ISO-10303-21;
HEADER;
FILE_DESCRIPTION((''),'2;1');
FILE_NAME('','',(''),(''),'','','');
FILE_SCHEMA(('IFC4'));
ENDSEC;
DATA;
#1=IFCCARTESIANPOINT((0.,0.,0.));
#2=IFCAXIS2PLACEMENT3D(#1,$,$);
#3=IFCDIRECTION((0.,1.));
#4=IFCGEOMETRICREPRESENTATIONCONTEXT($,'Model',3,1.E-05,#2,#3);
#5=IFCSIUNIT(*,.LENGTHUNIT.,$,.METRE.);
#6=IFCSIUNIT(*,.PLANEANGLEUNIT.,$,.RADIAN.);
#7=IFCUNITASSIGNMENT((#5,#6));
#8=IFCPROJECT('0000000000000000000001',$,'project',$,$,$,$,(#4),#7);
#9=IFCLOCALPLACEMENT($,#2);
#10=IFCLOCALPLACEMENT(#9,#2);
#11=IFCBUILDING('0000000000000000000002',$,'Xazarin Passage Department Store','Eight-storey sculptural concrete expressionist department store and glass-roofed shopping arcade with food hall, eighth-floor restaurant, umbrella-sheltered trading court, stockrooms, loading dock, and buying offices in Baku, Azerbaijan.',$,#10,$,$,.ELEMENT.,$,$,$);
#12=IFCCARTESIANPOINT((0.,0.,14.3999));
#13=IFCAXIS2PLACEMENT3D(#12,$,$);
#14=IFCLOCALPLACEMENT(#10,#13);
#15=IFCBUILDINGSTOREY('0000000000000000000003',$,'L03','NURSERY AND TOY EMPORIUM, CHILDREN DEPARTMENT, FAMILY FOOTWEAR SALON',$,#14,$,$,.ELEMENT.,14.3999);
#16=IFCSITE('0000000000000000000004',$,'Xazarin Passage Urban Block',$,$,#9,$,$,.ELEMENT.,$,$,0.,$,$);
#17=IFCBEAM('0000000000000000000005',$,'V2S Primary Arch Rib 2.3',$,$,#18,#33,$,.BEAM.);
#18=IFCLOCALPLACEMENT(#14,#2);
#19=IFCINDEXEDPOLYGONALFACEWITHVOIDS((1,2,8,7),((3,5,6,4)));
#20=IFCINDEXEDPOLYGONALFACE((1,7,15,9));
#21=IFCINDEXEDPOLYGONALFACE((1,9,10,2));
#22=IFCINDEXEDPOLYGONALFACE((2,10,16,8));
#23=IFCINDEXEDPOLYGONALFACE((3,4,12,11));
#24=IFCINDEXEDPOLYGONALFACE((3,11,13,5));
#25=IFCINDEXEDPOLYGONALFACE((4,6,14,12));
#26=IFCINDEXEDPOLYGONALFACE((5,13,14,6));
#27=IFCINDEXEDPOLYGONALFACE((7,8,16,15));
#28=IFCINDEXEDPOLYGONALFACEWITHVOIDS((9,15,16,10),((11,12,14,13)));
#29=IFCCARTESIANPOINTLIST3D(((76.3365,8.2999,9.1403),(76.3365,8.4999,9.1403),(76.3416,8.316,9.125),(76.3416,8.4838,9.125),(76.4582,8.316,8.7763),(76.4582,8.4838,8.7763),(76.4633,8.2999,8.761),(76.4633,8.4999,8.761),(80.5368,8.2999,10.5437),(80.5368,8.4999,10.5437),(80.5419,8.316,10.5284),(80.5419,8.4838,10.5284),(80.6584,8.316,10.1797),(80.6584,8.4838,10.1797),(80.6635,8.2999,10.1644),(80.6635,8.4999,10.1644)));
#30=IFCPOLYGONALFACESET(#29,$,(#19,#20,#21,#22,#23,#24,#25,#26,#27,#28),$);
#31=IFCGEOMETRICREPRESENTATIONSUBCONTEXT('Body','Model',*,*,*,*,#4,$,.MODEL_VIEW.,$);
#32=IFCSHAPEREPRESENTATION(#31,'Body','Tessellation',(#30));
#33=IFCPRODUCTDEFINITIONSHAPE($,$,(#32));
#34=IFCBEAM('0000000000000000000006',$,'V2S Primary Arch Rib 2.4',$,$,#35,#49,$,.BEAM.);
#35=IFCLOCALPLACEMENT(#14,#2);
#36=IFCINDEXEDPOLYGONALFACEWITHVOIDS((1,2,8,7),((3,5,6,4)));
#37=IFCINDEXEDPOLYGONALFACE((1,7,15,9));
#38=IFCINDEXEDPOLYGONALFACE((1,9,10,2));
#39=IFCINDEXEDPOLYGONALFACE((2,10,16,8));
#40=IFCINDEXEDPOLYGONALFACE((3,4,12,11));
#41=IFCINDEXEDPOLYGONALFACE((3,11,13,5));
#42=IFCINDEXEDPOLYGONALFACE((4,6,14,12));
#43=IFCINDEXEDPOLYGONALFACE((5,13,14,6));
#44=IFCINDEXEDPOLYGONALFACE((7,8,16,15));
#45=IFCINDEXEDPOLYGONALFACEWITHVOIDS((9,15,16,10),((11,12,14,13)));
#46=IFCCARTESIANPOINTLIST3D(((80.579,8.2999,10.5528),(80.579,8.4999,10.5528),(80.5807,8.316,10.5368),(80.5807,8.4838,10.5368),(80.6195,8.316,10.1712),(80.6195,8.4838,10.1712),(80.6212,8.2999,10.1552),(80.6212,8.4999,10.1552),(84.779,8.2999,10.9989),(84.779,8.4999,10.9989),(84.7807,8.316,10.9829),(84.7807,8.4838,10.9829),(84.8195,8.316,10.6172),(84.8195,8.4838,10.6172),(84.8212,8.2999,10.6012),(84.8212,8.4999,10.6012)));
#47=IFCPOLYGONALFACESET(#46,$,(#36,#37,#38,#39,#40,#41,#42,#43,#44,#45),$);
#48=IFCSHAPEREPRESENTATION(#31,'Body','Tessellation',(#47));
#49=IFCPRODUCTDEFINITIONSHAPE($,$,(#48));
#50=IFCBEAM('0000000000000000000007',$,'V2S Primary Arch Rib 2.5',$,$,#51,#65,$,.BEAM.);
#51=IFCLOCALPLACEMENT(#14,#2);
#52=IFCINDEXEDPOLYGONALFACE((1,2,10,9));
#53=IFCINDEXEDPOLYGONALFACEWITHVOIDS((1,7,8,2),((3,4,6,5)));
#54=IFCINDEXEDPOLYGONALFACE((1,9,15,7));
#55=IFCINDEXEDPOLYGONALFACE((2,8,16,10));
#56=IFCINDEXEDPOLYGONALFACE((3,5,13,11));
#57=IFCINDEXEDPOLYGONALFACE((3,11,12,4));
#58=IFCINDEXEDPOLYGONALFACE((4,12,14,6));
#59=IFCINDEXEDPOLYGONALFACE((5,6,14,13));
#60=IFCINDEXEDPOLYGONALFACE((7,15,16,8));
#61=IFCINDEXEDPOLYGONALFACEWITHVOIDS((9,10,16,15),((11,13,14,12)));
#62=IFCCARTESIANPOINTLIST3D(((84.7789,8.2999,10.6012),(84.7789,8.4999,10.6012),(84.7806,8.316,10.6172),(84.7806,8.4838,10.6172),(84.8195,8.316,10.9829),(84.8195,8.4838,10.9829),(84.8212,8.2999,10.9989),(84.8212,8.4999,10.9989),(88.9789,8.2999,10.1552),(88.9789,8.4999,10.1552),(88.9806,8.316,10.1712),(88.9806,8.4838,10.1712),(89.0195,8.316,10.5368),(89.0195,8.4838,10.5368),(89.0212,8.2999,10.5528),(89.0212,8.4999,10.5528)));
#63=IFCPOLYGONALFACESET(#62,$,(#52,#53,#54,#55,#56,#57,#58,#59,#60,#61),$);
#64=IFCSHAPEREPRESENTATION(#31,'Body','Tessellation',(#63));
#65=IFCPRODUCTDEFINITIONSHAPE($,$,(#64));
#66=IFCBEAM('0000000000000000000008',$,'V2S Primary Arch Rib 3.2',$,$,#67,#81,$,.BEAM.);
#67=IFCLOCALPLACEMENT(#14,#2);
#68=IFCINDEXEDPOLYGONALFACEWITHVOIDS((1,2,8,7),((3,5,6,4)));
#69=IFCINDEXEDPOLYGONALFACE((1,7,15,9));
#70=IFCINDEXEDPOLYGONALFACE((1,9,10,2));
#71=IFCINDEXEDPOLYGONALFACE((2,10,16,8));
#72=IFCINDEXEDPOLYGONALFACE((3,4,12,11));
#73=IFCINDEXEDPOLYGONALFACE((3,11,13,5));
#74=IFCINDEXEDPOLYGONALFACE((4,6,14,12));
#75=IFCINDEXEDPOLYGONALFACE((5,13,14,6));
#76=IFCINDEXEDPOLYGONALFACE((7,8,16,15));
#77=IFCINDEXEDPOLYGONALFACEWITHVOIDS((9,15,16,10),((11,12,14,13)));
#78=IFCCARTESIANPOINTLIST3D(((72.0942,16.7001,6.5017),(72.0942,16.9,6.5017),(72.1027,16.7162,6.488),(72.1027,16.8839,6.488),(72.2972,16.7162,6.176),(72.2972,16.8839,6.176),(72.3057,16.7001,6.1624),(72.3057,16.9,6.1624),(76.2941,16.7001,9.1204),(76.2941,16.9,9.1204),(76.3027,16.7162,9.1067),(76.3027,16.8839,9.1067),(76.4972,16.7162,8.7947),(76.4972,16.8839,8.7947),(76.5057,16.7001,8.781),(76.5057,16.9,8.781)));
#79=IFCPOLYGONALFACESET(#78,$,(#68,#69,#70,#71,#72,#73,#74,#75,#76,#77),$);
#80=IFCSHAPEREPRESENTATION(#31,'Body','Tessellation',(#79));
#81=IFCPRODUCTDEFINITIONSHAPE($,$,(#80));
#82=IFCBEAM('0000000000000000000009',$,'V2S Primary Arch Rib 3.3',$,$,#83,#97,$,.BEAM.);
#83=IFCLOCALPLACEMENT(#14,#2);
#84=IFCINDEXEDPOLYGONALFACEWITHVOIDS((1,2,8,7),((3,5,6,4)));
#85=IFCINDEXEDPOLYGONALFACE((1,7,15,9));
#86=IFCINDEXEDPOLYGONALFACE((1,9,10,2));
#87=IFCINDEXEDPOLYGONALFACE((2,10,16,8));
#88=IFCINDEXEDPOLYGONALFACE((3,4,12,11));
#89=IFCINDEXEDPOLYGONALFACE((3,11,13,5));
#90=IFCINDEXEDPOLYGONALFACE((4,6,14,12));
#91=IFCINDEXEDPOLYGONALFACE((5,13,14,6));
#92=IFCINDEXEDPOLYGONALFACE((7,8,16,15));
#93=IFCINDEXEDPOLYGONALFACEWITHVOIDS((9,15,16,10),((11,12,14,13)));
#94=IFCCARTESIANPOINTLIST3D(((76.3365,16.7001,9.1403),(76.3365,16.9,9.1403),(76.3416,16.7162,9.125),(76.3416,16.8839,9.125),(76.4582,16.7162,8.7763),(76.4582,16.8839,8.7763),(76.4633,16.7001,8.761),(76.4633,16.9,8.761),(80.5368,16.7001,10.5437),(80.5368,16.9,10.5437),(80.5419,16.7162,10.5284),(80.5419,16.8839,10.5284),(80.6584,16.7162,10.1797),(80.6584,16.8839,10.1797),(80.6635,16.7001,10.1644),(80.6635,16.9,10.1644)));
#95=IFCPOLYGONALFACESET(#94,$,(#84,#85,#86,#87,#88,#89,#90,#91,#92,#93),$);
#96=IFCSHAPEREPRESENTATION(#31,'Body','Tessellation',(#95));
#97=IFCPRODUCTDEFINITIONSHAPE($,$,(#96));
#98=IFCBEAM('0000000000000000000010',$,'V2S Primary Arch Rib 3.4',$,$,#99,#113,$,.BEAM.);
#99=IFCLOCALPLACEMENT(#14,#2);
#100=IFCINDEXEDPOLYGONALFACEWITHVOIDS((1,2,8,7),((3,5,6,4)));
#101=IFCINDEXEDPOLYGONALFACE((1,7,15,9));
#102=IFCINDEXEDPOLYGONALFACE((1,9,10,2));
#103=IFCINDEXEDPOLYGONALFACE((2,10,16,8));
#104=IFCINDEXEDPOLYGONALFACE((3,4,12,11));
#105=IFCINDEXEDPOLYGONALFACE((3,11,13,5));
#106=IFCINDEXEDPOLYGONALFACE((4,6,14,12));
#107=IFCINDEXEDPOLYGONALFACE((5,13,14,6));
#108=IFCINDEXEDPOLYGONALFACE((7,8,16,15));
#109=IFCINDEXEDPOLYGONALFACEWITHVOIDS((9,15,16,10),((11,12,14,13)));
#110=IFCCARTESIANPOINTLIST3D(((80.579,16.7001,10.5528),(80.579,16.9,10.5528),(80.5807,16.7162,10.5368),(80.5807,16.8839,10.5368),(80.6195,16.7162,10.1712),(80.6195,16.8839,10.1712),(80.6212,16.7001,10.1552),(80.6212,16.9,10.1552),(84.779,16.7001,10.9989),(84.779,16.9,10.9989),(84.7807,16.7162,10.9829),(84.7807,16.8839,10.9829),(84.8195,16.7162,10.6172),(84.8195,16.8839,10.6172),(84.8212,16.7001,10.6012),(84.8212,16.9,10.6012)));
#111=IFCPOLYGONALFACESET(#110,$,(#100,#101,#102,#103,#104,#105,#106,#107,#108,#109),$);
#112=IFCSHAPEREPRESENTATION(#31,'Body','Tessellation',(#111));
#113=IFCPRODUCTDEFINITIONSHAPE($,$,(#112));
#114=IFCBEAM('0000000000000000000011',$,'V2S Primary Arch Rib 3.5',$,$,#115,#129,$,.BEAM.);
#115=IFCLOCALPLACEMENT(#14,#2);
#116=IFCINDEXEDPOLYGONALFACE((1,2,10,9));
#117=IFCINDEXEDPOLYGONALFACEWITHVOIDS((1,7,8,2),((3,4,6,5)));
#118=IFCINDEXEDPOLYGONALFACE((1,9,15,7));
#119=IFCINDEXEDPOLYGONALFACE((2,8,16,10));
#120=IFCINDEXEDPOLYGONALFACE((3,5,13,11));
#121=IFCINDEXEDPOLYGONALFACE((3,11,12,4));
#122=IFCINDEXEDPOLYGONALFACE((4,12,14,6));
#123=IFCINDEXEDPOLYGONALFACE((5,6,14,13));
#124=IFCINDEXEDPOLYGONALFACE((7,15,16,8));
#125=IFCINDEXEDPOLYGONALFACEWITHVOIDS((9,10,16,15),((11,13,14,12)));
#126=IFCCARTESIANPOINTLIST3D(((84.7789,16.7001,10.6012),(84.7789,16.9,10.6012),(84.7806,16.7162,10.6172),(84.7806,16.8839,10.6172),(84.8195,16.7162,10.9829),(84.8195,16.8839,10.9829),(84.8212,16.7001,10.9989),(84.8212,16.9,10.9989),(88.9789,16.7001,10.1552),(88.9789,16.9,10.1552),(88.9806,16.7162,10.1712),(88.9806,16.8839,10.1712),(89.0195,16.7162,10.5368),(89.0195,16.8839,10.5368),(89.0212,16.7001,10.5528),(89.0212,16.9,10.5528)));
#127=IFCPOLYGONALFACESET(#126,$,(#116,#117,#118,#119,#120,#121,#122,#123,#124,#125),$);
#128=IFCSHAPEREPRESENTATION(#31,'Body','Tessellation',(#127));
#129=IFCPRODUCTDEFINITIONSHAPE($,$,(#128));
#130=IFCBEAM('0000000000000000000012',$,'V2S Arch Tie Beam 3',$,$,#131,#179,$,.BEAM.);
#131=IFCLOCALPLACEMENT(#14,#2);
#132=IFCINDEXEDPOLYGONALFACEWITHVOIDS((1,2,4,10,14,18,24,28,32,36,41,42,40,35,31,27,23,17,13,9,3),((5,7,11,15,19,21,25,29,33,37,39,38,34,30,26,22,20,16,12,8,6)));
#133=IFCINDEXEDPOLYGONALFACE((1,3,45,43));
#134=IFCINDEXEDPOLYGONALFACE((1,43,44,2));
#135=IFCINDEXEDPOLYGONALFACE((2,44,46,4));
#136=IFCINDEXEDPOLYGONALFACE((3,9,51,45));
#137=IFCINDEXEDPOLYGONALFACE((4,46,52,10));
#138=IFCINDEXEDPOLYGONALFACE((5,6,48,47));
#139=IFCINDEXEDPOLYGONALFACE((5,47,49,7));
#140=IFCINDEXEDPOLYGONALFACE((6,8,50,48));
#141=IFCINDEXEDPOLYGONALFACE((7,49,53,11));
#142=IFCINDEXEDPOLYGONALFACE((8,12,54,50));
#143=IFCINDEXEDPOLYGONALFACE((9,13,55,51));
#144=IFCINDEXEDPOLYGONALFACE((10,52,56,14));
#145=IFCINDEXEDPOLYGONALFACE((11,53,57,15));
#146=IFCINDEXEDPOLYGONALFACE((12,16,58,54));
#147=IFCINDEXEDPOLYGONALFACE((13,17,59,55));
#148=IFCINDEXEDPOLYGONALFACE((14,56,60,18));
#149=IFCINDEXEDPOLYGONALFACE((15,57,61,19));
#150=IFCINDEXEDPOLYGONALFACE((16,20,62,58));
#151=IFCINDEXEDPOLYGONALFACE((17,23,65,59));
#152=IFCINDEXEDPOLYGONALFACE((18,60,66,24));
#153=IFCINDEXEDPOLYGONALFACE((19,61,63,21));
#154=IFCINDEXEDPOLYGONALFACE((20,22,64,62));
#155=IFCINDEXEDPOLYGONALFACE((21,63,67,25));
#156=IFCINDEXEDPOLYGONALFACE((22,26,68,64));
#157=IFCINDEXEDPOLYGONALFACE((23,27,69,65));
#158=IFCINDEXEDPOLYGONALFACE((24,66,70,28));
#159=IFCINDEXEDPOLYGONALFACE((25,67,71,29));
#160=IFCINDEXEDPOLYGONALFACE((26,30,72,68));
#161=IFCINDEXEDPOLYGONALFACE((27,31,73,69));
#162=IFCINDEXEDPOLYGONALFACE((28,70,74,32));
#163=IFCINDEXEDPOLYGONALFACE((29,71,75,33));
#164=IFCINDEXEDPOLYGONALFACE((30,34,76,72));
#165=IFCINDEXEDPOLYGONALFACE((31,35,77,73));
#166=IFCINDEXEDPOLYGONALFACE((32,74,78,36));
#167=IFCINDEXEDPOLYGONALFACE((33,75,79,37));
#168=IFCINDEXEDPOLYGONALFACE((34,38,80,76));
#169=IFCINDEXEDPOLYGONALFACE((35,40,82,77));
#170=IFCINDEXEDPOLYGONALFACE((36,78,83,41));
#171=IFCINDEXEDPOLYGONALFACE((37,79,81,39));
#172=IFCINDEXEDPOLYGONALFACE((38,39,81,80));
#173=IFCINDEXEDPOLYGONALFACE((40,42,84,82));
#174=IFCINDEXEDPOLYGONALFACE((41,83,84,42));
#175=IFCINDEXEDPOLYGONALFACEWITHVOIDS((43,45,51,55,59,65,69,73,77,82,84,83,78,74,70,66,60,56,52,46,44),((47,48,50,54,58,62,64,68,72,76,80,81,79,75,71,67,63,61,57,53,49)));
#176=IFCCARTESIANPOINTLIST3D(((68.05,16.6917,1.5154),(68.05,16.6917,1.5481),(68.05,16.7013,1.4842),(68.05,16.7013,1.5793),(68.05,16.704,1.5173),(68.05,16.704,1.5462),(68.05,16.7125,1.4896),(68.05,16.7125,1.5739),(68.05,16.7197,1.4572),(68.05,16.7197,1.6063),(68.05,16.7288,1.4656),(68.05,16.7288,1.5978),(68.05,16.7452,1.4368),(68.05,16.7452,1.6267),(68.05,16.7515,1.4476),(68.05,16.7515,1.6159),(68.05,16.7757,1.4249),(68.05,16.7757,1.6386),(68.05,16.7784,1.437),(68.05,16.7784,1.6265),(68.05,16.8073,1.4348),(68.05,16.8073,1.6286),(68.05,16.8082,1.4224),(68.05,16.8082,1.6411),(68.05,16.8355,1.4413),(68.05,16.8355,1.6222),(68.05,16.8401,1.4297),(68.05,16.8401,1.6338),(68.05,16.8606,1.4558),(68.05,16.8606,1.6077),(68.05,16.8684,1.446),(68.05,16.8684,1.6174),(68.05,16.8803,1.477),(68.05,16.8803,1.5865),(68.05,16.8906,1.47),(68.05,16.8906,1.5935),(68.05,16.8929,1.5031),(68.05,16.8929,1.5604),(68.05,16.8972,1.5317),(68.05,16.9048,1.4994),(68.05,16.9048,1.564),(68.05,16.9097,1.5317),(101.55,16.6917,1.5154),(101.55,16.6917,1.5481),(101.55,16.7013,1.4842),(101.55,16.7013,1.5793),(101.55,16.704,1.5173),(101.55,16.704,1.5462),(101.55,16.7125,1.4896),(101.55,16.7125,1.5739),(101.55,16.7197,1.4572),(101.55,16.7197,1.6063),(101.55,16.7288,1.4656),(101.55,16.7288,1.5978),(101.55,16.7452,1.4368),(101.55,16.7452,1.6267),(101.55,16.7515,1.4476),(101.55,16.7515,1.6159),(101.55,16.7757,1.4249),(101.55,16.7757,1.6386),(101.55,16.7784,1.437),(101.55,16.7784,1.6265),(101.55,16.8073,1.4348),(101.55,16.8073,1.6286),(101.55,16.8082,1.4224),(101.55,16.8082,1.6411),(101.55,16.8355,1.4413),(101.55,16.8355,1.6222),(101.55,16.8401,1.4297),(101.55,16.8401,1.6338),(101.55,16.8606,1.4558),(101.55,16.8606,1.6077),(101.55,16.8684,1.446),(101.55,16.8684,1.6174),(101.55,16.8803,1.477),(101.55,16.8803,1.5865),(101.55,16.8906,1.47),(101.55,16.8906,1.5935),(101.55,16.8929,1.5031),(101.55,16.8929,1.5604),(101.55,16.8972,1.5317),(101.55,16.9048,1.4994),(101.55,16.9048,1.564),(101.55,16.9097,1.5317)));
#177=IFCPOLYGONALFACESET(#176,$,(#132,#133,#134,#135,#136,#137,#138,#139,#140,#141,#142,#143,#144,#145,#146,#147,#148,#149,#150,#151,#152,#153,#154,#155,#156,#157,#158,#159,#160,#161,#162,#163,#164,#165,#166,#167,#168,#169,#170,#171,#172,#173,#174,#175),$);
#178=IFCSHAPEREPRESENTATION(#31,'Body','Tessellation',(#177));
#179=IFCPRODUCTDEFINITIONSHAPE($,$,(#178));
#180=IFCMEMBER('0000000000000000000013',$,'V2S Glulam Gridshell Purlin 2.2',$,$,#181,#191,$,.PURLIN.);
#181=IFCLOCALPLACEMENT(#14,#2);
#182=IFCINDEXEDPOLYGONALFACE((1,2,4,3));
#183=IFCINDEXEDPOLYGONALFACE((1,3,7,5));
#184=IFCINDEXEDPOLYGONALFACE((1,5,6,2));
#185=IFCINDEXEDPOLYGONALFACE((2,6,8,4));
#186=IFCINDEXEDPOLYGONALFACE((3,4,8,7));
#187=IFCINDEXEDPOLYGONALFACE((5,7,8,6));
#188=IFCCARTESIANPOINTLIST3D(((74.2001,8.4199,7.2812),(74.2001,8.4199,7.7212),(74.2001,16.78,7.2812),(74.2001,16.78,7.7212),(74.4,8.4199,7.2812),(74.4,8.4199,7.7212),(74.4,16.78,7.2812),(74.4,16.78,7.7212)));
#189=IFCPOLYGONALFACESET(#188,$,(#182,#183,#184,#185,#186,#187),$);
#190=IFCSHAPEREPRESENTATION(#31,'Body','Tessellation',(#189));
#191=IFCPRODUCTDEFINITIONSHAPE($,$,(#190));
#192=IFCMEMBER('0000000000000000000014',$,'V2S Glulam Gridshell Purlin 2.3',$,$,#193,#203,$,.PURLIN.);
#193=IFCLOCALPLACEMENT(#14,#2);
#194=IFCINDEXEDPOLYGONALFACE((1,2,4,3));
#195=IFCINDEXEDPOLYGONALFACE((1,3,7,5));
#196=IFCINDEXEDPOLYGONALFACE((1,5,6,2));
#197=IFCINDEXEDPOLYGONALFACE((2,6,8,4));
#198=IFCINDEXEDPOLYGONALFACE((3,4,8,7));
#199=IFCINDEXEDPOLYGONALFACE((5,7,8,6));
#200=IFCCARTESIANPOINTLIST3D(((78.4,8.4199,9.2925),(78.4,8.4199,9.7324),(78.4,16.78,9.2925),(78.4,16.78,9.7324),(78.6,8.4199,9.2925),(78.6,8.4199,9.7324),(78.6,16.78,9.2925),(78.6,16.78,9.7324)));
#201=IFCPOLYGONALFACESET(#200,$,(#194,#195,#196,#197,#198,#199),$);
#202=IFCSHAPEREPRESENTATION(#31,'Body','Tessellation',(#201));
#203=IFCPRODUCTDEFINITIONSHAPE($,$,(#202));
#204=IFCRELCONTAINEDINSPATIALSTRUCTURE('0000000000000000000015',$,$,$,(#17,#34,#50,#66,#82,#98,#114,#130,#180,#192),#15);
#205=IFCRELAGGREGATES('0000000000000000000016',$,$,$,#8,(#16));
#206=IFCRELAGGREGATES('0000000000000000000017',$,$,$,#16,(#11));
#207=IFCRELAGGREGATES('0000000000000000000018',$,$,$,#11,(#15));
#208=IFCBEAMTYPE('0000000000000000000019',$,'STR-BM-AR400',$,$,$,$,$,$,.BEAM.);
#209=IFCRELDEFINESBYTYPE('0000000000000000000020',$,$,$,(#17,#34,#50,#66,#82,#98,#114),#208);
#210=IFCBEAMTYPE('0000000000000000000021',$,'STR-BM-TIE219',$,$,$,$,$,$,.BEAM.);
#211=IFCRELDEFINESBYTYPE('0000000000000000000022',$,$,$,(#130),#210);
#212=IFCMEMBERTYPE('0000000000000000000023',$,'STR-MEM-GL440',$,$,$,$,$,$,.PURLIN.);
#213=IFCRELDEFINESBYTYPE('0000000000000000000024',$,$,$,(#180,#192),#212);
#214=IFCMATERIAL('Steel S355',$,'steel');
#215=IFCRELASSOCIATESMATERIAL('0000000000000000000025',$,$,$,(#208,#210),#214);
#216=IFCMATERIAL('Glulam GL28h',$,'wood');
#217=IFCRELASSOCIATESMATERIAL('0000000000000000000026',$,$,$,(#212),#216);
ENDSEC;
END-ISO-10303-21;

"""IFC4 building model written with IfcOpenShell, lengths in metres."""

from ifc_helpers import new_model, si_unit, direction, frame, origin, origin_2d, place, context, subcontext, project, spatial, rectangle, hollow_rectangle, hollow_circle, extrude, material, material_profile, profile_set, type_object, element, save


model = new_model("IFC4")

# Units and contexts
model_context = context("Model", 3, precision=1e-05, world=origin(), true_north=direction((0.0, 1.0)))
body_context = subcontext(model_context, "Body", "Model", "MODEL_VIEW")
ifc_project = project(units=[si_unit("LENGTHUNIT", "METRE"), si_unit("PLANEANGLEUNIT", "RADIAN")], contexts=[model_context])

# Site, building, storey
site_placement = place(None, origin())
site = spatial("IfcSite", under=ifc_project, at=site_placement, Name="Xazarin Passage Urban Block", CompositionType="ELEMENT", RefElevation=0.0)
building_placement = place(site_placement, origin())
building = spatial("IfcBuilding", under=site, at=building_placement, Name="Xazarin Passage Department Store", Description="Eight-storey sculptural concrete expressionist department store and glass-roofed shopping arcade with food hall, eighth-floor restaurant, umbrella-sheltered trading court, stockrooms, loading dock, and buying offices in Baku, Azerbaijan.", CompositionType="ELEMENT")
storey_placement = place(building_placement, frame((0.0, 0.0, 14.3999)))
storey = spatial("IfcBuildingStorey", under=building, at=storey_placement, Name="L03", Description="NURSERY AND TOY EMPORIUM, CHILDREN DEPARTMENT, FAMILY FOOTWEAR SALON", CompositionType="ELEMENT", Elevation=14.3999)

# Beams
ifc_material_1 = material(Name="Steel S355", Category="steel")
ifc_material_profile_1 = material_profile(ifc_material_1, hollow_rectangle(XDim=0.2, YDim=0.3999, WallThickness=0.0161, at=origin_2d()), Name="RHS 400x200x16")
ifc_profile_set_1 = profile_set([ifc_material_profile_1], Name="Steel S355")
beam_type_1 = type_object("IfcBeamType", Name="STR-BM-AR400", PredefinedType="BEAM", material=ifc_profile_set_1)
beam_1_placement = place(storey_placement, frame((76.3999, 8.3999, 8.9507), z_axis=(0.948463, 0.0, 0.316889), x_axis=(0.0, 1.0, 0.0)))
element("IfcBeam", 1, at=beam_1_placement, inside=storey, type_object=beam_type_1, Name="V2S Primary Arch Rib 2.3", PredefinedType="BEAM", context=body_context, shape_type="SweptSolid", body=[
    extrude(hollow_rectangle(XDim=0.2, YDim=0.3999, WallThickness=0.0161, at=origin_2d()), origin(), (0.0, 0.0, 1.0), 4.4285),
])
for number, where, z_axis, x_axis, name in (
    (2, (80.6001, 8.3999, 10.354), (0.994408, 0.0, 0.105608), (0.0, 1.0, 0.0), "V2S Primary Arch Rib 2.4"),
    (3, (84.8, 8.3999, 10.8), (0.994408, 0.0, -0.105608), (0.0, 1.0, 0.0), "V2S Primary Arch Rib 2.5"),
):
    element("IfcBeam", number, at=place(storey_placement, frame(where, z_axis=z_axis, x_axis=x_axis)), inside=storey, type_object=beam_type_1, Name=name, PredefinedType="BEAM", context=body_context, shape_type="SweptSolid", body=[
        extrude(hollow_rectangle(XDim=0.2, YDim=0.3999, WallThickness=0.0161, at=origin_2d()), origin(), (0.0, 0.0, 1.0), 4.2236),
    ])
beam_2_placement = place(storey_placement, frame((72.2, 16.8, 6.332), z_axis=(0.848571, 0.0, 0.529081), x_axis=(0.0, 1.0, 0.0)))
element("IfcBeam", 4, at=beam_2_placement, inside=storey, type_object=beam_type_1, Name="V2S Primary Arch Rib 3.2", PredefinedType="BEAM", context=body_context, shape_type="SweptSolid", body=[
    extrude(hollow_rectangle(XDim=0.2, YDim=0.3999, WallThickness=0.0161, at=origin_2d()), origin(), (0.0, 0.0, 1.0), 4.9495),
])
beam_3_placement = place(storey_placement, frame((76.3999, 16.8, 8.9507), z_axis=(0.948463, 0.0, 0.316889), x_axis=(0.0, 1.0, 0.0)))
element("IfcBeam", 5, at=beam_3_placement, inside=storey, type_object=beam_type_1, Name="V2S Primary Arch Rib 3.3", PredefinedType="BEAM", context=body_context, shape_type="SweptSolid", body=[
    extrude(hollow_rectangle(XDim=0.2, YDim=0.3999, WallThickness=0.0161, at=origin_2d()), origin(), (0.0, 0.0, 1.0), 4.4285),
])
for number, where, z_axis, x_axis, name in (
    (6, (80.6001, 16.8, 10.354), (0.994408, 0.0, 0.105608), (0.0, 1.0, 0.0), "V2S Primary Arch Rib 3.4"),
    (7, (84.8, 16.8, 10.8), (0.994408, 0.0, -0.105608), (0.0, 1.0, 0.0), "V2S Primary Arch Rib 3.5"),
):
    element("IfcBeam", number, at=place(storey_placement, frame(where, z_axis=z_axis, x_axis=x_axis)), inside=storey, type_object=beam_type_1, Name=name, PredefinedType="BEAM", context=body_context, shape_type="SweptSolid", body=[
        extrude(hollow_rectangle(XDim=0.2, YDim=0.3999, WallThickness=0.0161, at=origin_2d()), origin(), (0.0, 0.0, 1.0), 4.2236),
    ])
ifc_material_profile_2 = material_profile(ifc_material_1, hollow_circle(Radius=0.1096, WallThickness=0.0125, at=origin_2d()), Name="CHS 219.1x12.5")
ifc_profile_set_2 = profile_set([ifc_material_profile_2], Name="Steel S355")
beam_type_2 = type_object("IfcBeamType", Name="STR-BM-TIE219", PredefinedType="BEAM", material=ifc_profile_set_2)
beam_4_placement = place(storey_placement, frame((68.05, 16.8, 1.5317), z_axis=(1.0, 0.0, 0.0), x_axis=(0.0, 1.0, 0.0)))
element("IfcBeam", 8, at=beam_4_placement, inside=storey, type_object=beam_type_2, Name="V2S Arch Tie Beam 3", PredefinedType="BEAM", context=body_context, shape_type="SweptSolid", body=[
    extrude(hollow_circle(Radius=0.1096, WallThickness=0.0125, at=origin_2d()), origin(), (0.0, 0.0, 1.0), 33.5),
])

# Members
ifc_material_2 = material(Name="Glulam GL28h", Category="wood")
ifc_material_profile_3 = material_profile(ifc_material_2, rectangle(XDim=0.2, YDim=0.4399, at=origin_2d()), Name="GL28h 200x440")
ifc_profile_set_3 = profile_set([ifc_material_profile_3], Name="Glulam GL28h")
member_type = type_object("IfcMemberType", Name="STR-MEM-GL440", PredefinedType="PURLIN", material=ifc_profile_set_3)
for number, where, z_axis, x_axis, name in (
    (9, (74.3, 8.4199, 7.5012), (0.0, 1.0, 0.0), (-1.0, 0.0, 0.0), "V2S Glulam Gridshell Purlin 2.2"),
    (10, (78.5, 8.4199, 9.5125), (0.0, 1.0, 0.0), (-1.0, 0.0, 0.0), "V2S Glulam Gridshell Purlin 2.3"),
):
    element("IfcMember", number, at=place(storey_placement, frame(where, z_axis=z_axis, x_axis=x_axis)), inside=storey, type_object=member_type, Name=name, PredefinedType="PURLIN", context=body_context, shape_type="SweptSolid", body=[
        extrude(rectangle(XDim=0.2, YDim=0.4399, at=origin_2d()), origin(), (0.0, 0.0, 1.0), 8.3601),
    ])

save(model, "model.ifc")
